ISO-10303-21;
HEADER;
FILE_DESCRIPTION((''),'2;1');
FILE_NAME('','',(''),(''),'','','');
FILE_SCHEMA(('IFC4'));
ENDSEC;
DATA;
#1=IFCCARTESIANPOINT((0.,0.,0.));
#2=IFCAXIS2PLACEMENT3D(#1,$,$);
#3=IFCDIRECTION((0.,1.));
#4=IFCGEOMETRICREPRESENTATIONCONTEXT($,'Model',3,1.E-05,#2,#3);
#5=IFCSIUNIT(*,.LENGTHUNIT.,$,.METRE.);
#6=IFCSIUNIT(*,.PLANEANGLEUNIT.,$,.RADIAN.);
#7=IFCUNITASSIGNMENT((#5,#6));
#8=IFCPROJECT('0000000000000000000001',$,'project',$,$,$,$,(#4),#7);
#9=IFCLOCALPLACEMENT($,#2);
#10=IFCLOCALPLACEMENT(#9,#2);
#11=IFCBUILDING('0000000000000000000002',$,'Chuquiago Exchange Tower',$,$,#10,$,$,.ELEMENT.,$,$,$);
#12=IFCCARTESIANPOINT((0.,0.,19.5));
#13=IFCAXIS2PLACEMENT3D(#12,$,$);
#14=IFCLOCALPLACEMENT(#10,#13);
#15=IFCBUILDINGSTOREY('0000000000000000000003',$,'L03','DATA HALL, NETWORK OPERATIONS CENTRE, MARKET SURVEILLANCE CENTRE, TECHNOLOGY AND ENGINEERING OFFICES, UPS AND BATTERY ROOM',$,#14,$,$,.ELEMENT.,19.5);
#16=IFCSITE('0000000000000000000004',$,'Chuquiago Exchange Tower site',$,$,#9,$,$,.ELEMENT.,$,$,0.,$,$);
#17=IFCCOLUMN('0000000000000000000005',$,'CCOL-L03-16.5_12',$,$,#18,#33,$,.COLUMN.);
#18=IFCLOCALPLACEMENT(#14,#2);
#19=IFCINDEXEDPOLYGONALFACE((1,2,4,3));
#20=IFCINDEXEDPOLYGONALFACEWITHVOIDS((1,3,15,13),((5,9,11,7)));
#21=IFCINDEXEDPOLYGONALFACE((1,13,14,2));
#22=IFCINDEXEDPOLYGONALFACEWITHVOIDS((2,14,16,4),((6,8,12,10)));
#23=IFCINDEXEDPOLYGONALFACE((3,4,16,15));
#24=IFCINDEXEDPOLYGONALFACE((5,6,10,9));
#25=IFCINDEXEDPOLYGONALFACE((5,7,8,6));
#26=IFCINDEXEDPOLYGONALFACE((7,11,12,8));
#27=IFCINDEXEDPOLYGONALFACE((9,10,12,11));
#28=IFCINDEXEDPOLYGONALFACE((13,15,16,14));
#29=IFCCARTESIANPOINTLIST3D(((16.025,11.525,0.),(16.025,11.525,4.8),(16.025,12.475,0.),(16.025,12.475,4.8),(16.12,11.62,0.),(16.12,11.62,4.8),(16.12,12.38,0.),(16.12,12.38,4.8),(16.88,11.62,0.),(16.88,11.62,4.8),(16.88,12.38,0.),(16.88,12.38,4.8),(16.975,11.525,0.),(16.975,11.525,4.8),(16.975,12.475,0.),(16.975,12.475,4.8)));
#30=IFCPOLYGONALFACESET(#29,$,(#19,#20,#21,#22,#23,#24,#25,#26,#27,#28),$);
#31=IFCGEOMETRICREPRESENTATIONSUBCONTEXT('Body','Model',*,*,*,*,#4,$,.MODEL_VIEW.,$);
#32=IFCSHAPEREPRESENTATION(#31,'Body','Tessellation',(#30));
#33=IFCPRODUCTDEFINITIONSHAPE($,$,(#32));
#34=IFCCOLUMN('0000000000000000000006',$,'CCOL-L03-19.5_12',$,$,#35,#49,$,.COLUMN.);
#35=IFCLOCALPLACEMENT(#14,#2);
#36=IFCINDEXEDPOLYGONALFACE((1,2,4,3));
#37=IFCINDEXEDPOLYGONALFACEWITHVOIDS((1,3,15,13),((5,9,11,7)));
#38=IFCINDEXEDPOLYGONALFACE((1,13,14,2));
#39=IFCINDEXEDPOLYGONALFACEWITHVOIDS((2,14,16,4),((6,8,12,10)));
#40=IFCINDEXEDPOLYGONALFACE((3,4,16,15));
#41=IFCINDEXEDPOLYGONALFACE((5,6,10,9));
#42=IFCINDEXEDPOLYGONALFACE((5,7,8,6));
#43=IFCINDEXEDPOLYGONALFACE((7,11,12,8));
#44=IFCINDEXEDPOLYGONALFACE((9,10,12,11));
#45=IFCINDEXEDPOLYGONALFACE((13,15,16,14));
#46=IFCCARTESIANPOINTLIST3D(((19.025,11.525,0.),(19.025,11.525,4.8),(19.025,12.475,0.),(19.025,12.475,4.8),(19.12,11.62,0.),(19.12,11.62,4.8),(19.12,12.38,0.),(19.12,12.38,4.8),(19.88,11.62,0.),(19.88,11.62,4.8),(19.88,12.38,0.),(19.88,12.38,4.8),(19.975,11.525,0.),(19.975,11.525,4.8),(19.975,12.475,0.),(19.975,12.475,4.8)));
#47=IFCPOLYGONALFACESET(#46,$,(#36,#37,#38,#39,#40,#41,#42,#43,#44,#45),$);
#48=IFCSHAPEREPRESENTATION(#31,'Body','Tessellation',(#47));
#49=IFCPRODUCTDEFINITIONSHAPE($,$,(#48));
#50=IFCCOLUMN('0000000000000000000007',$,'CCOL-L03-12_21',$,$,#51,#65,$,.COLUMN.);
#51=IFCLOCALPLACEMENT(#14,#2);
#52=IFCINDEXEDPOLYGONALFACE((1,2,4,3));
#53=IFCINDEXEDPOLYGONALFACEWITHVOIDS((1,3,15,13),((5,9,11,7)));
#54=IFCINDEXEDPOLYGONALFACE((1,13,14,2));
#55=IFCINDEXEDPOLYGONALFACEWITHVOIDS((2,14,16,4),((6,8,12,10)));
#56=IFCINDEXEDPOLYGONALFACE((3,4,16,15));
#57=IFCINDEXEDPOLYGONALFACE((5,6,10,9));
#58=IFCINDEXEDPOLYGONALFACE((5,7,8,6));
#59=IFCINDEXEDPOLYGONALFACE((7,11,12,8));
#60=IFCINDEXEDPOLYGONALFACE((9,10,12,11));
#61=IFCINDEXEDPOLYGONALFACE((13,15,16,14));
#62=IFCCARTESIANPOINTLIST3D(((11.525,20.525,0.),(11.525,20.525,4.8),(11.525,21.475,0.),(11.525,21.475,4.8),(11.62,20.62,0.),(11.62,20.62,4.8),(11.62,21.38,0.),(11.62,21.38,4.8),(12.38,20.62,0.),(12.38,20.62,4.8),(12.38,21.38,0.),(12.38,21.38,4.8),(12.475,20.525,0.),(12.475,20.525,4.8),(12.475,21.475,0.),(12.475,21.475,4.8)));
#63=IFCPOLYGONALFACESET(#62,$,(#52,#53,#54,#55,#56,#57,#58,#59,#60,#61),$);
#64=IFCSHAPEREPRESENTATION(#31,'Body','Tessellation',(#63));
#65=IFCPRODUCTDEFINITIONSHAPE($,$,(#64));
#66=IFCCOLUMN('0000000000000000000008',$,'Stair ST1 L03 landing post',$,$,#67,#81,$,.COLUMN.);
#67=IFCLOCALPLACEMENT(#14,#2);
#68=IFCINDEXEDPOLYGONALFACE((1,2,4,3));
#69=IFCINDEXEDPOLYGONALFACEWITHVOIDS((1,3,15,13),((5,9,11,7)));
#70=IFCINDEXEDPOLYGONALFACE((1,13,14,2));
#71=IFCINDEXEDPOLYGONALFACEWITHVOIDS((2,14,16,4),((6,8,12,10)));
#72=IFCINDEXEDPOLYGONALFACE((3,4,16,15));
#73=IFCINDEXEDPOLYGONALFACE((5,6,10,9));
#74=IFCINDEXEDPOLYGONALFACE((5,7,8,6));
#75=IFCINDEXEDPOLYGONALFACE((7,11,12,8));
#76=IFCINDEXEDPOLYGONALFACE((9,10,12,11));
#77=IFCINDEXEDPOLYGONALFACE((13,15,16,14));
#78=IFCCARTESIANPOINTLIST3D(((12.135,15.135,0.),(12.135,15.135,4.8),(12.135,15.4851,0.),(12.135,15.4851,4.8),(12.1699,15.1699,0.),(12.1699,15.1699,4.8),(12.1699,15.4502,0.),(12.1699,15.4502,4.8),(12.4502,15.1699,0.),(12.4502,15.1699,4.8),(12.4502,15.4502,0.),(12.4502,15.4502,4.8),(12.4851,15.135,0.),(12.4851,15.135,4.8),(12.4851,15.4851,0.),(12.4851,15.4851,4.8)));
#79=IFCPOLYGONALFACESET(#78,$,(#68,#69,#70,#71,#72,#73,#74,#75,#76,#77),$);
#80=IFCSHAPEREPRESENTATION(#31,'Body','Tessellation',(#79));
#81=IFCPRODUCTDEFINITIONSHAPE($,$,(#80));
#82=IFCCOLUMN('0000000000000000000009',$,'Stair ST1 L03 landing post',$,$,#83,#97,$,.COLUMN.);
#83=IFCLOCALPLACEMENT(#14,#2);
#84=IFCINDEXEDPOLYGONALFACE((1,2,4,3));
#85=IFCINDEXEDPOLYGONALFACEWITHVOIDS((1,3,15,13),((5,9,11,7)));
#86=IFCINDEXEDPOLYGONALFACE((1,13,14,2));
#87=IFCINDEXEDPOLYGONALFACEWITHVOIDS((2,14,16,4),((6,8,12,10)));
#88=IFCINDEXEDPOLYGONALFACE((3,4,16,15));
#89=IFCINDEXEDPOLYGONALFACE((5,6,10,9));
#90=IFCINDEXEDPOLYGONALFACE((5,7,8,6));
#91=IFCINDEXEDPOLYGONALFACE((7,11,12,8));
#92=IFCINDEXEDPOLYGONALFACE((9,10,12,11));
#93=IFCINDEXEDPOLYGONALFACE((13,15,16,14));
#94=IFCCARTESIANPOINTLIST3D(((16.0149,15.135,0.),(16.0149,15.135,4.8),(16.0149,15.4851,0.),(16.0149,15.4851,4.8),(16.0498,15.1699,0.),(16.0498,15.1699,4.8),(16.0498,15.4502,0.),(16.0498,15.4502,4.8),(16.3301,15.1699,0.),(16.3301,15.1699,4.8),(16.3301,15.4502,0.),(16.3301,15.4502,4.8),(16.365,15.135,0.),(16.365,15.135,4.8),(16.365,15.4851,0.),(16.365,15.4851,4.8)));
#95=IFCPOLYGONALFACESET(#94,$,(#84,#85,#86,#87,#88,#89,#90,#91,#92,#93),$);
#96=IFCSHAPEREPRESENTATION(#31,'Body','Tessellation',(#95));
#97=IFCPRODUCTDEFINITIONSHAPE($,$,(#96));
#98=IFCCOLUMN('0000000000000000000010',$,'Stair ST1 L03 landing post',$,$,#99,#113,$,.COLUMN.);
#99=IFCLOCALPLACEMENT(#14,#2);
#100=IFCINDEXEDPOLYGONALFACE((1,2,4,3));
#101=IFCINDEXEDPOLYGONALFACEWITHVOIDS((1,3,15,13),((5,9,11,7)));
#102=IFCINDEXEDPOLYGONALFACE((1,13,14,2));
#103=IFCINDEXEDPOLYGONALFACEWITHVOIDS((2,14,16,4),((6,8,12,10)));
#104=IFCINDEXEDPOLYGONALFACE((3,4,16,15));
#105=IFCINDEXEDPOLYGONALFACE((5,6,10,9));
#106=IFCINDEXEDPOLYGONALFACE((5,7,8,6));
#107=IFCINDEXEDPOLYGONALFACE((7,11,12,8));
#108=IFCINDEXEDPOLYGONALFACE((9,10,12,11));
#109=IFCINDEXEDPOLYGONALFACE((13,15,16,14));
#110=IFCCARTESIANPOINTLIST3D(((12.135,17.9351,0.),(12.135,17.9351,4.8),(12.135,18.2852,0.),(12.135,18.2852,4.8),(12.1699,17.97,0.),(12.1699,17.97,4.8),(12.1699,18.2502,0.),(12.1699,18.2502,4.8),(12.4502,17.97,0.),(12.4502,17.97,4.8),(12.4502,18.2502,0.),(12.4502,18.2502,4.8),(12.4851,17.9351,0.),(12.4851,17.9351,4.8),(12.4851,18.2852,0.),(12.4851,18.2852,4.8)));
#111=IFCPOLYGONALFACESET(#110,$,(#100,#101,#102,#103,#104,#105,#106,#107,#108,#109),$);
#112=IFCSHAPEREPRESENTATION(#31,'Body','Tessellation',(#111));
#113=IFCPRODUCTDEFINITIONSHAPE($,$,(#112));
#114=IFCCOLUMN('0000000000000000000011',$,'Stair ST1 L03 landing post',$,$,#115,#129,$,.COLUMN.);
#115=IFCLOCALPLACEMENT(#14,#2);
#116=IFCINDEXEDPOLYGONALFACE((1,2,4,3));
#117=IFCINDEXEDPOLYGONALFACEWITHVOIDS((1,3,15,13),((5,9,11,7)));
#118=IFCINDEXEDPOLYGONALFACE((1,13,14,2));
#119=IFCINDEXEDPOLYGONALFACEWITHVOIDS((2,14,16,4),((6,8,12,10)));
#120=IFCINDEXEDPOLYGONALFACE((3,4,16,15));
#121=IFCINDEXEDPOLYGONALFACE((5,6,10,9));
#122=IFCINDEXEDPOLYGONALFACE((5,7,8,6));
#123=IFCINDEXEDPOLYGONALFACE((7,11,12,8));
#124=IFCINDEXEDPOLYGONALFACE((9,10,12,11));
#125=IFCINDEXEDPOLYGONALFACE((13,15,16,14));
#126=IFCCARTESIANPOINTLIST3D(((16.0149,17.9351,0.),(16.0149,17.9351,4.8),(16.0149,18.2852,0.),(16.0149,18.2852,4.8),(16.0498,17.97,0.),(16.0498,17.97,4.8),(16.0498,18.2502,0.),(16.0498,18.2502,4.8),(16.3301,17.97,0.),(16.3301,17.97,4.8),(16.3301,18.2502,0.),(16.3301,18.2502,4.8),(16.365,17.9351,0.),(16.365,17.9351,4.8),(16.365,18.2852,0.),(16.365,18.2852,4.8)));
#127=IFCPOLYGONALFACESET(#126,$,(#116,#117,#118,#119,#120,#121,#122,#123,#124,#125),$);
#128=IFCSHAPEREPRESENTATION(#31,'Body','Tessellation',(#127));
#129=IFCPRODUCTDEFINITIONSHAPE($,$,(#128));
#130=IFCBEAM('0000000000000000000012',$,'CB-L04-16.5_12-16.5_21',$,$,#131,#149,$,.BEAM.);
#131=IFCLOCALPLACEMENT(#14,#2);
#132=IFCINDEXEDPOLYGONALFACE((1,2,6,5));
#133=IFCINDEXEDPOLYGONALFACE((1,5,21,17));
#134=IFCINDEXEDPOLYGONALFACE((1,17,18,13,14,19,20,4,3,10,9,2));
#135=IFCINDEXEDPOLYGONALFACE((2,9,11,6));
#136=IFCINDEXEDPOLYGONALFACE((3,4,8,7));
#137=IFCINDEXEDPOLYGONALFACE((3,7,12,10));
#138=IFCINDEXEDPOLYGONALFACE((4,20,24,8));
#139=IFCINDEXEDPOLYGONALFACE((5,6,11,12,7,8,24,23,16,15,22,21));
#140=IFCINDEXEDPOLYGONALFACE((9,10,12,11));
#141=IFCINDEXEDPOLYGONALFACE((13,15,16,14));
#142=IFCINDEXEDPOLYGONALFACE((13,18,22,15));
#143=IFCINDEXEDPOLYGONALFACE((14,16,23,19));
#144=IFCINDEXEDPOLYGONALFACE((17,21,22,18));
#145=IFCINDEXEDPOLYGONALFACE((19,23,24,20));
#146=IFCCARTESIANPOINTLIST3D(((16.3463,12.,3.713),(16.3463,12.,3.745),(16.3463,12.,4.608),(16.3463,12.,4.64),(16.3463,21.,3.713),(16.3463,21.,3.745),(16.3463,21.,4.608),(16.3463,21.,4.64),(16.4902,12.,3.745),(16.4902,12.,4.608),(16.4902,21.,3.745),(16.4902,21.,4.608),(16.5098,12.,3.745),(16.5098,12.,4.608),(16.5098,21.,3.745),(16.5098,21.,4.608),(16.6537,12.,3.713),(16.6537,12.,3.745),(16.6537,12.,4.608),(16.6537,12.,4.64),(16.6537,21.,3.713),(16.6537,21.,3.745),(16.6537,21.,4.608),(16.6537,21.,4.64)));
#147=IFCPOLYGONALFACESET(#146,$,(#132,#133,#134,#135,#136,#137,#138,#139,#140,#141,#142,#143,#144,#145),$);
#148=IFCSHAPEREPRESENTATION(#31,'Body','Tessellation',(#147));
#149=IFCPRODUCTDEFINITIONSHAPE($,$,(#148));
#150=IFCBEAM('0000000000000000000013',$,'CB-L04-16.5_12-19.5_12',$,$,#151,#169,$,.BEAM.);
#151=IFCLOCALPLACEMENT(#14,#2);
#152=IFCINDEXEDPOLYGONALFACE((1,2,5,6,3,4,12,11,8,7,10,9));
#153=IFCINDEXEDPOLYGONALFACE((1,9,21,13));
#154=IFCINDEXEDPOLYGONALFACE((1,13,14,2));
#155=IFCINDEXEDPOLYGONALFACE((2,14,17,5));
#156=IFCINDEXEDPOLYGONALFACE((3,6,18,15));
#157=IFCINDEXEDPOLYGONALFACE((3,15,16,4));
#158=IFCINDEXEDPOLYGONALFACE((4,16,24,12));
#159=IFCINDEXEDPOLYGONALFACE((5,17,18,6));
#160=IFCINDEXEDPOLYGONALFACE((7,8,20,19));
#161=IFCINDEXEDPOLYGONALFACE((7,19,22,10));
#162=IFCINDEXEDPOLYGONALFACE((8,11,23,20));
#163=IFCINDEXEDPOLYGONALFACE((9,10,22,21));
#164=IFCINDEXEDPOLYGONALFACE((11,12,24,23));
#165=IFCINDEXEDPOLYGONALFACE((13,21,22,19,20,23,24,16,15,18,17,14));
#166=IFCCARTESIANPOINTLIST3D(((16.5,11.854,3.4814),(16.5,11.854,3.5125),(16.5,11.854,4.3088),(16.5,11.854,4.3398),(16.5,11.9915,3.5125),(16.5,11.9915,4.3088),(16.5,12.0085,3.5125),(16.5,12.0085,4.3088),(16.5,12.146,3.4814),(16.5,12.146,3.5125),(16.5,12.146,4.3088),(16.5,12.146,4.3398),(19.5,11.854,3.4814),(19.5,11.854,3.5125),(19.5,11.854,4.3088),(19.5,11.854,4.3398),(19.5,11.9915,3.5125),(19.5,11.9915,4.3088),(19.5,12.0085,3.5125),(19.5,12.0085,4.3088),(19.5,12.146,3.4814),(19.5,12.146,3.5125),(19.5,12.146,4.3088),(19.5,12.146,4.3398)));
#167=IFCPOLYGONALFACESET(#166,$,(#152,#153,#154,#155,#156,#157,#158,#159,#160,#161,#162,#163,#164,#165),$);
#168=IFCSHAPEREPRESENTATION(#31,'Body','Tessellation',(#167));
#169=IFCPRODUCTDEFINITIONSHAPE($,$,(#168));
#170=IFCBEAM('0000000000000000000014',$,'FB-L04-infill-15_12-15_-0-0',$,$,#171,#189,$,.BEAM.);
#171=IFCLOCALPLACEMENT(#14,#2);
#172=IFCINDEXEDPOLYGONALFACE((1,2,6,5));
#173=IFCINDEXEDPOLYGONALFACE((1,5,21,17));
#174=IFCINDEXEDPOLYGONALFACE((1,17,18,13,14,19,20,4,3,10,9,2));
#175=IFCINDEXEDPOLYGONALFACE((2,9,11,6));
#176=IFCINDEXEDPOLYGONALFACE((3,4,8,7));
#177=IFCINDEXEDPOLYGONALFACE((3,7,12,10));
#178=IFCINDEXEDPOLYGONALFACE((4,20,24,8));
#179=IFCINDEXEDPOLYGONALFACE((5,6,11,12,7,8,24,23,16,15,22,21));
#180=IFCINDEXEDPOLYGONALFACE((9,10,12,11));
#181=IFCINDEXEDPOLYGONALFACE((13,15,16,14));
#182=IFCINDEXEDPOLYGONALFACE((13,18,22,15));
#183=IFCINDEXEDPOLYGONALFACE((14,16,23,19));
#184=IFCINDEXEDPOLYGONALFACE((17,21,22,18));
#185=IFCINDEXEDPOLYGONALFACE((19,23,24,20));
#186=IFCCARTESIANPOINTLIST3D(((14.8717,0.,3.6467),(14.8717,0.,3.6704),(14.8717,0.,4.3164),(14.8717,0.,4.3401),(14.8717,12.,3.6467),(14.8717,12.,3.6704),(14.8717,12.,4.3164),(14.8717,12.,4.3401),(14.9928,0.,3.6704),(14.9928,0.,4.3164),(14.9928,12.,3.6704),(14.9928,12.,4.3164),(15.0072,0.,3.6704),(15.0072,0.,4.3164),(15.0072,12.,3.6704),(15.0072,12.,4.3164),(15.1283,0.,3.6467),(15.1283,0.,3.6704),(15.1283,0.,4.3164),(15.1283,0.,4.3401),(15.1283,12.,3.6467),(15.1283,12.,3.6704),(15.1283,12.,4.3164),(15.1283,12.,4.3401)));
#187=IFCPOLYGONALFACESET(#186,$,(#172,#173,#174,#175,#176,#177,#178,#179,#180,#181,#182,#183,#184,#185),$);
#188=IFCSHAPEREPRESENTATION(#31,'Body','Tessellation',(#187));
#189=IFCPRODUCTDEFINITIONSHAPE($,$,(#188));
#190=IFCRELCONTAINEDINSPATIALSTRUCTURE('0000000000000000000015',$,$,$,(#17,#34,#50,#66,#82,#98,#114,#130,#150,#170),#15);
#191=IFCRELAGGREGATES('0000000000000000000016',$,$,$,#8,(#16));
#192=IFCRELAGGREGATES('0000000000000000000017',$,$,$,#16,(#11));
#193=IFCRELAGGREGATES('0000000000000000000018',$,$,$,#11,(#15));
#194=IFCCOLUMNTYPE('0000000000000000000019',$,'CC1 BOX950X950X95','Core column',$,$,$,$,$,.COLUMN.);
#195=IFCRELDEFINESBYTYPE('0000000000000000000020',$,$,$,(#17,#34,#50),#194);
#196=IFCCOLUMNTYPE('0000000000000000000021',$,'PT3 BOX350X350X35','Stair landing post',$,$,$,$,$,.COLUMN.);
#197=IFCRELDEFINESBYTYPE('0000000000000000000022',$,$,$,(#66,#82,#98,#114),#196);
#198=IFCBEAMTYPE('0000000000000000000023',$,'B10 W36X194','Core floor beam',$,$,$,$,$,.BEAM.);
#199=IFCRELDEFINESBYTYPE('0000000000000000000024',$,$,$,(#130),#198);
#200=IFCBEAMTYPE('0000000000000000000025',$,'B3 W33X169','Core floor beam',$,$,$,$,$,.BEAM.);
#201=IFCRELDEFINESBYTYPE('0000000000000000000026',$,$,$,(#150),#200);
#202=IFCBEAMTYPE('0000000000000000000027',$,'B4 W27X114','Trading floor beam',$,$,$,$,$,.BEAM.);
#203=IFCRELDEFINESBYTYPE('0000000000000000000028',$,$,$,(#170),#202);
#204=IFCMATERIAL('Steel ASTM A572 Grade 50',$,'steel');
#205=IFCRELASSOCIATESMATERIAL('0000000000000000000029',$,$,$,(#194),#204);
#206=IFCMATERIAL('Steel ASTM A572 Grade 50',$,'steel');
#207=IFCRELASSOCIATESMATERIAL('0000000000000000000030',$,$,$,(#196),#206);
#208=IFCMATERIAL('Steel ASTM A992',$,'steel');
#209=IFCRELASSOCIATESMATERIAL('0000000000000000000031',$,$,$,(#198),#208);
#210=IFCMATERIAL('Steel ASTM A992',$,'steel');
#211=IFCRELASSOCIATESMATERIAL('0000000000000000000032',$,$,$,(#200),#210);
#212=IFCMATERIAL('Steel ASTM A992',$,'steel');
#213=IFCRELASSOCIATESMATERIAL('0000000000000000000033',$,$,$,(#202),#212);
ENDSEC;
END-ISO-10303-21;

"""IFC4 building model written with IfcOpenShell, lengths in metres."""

from ifc_helpers import new_model, si_unit, direction, frame, origin, origin_2d, place, context, subcontext, project, spatial, hollow_rectangle, i_section, extrude, material, material_profile, profile_set, type_object, element, save


model = new_model("IFC4")

# Units and contexts
model_context = context("Model", 3, precision=1e-05, world=origin(), true_north=direction((0.0, 1.0)))
body_context = subcontext(model_context, "Body", "Model", "MODEL_VIEW")
ifc_project = project(units=[si_unit("LENGTHUNIT", "METRE"), si_unit("PLANEANGLEUNIT", "RADIAN")], contexts=[model_context])

# Site, building, storey
site_placement = place(None, origin())
site = spatial("IfcSite", under=ifc_project, at=site_placement, Name="Chuquiago Exchange Tower site", CompositionType="ELEMENT", RefElevation=0.0)
building_placement = place(site_placement, origin())
building = spatial("IfcBuilding", under=site, at=building_placement, Name="Chuquiago Exchange Tower", CompositionType="ELEMENT")
storey_placement = place(building_placement, frame((0.0, 0.0, 19.5)))
storey = spatial("IfcBuildingStorey", under=building, at=storey_placement, Name="L03", Description="DATA HALL, NETWORK OPERATIONS CENTRE, MARKET SURVEILLANCE CENTRE, TECHNOLOGY AND ENGINEERING OFFICES, UPS AND BATTERY ROOM", CompositionType="ELEMENT", Elevation=19.5)

# Columns
ifc_material_1 = material(Name="Steel ASTM A572 Grade 50", Category="steel")
ifc_material_profile_1 = material_profile(ifc_material_1, hollow_rectangle(XDim=0.95, YDim=0.95, WallThickness=0.095, at=origin_2d()), Name="BOX950X950X95")
ifc_profile_set_1 = profile_set([ifc_material_profile_1], Name="Steel ASTM A572 Grade 50")
column_type_1 = type_object("IfcColumnType", Name="CC1 BOX950X950X95", Description="Core column", PredefinedType="COLUMN", material=ifc_profile_set_1)
for number, where, z_axis, x_axis, name in (
    (1, (16.5, 12.0, 0.0), (0.0, 0.0, 1.0), (1.0, 0.0, 0.0), "CCOL-L03-16.5_12"),
    (2, (19.5, 12.0, 0.0), (0.0, 0.0, 1.0), (1.0, 0.0, 0.0), "CCOL-L03-19.5_12"),
    (3, (12.0, 21.0, 0.0), (0.0, 0.0, 1.0), (1.0, 0.0, 0.0), "CCOL-L03-12_21"),
):
    element("IfcColumn", number, at=place(storey_placement, frame(where, z_axis=z_axis, x_axis=x_axis)), inside=storey, type_object=column_type_1, Name=name, PredefinedType="COLUMN", context=body_context, shape_type="SweptSolid", body=[
        extrude(hollow_rectangle(XDim=0.95, YDim=0.95, WallThickness=0.095, at=origin_2d()), origin(), (0.0, 0.0, 1.0), 4.8),
    ])
ifc_material_2 = material(Name="Steel ASTM A572 Grade 50", Category="steel")
ifc_material_profile_2 = material_profile(ifc_material_2, hollow_rectangle(XDim=0.3501, YDim=0.3501, WallThickness=0.0349, at=origin_2d()), Name="BOX350X350X35")
ifc_profile_set_2 = profile_set([ifc_material_profile_2], Name="Steel ASTM A572 Grade 50")
column_type_2 = type_object("IfcColumnType", Name="PT3 BOX350X350X35", Description="Stair landing post", PredefinedType="COLUMN", material=ifc_profile_set_2)
for number, where, z_axis, x_axis, name in (
    (4, (12.3101, 15.3101, 0.0), (0.0, 0.0, 1.0), (1.0, 0.0, 0.0), "Stair ST1 L03 landing post"),
    (5, (16.1899, 15.3101, 0.0), (0.0, 0.0, 1.0), (1.0, 0.0, 0.0), "Stair ST1 L03 landing post"),
    (6, (12.3101, 18.1101, 0.0), (0.0, 0.0, 1.0), (1.0, 0.0, 0.0), "Stair ST1 L03 landing post"),
    (7, (16.1899, 18.1101, 0.0), (0.0, 0.0, 1.0), (1.0, 0.0, 0.0), "Stair ST1 L03 landing post"),
):
    element("IfcColumn", number, at=place(storey_placement, frame(where, z_axis=z_axis, x_axis=x_axis)), inside=storey, type_object=column_type_2, Name=name, PredefinedType="COLUMN", context=body_context, shape_type="SweptSolid", body=[
        extrude(hollow_rectangle(XDim=0.3501, YDim=0.3501, WallThickness=0.0349, at=origin_2d()), origin(), (0.0, 0.0, 1.0), 4.8),
    ])

# Beams
ifc_material_3 = material(Name="Steel ASTM A992", Category="steel")
ifc_material_profile_3 = material_profile(ifc_material_3, i_section(OverallWidth=0.3074, OverallDepth=0.927, WebThickness=0.0195, FlangeThickness=0.032, at=origin_2d()), Name="W36X194")
ifc_profile_set_3 = profile_set([ifc_material_profile_3], Name="Steel ASTM A992")
beam_type_1 = type_object("IfcBeamType", Name="B10 W36X194", Description="Core floor beam", PredefinedType="BEAM", material=ifc_profile_set_3)
beam_1_placement = place(storey_placement, frame((16.5, 12.0, 4.1765), z_axis=(0.0, 1.0, 0.0), x_axis=(-1.0, 0.0, 0.0)))
element("IfcBeam", 8, at=beam_1_placement, inside=storey, type_object=beam_type_1, Name="CB-L04-16.5_12-16.5_21", PredefinedType="BEAM", context=body_context, shape_type="SweptSolid", body=[
    extrude(i_section(OverallWidth=0.3074, OverallDepth=0.927, WebThickness=0.0195, FlangeThickness=0.032, at=origin_2d()), origin(), (0.0, 0.0, 1.0), 9.0),
])
ifc_material_4 = material(Name="Steel ASTM A992", Category="steel")
ifc_material_profile_4 = material_profile(ifc_material_4, i_section(OverallWidth=0.292, OverallDepth=0.8584, WebThickness=0.0171, FlangeThickness=0.031, at=origin_2d()), Name="W33X169")
ifc_profile_set_4 = profile_set([ifc_material_profile_4], Name="Steel ASTM A992")
beam_type_2 = type_object("IfcBeamType", Name="B3 W33X169", Description="Core floor beam", PredefinedType="BEAM", material=ifc_profile_set_4)
beam_2_placement = place(storey_placement, frame((16.5, 12.0, 3.9106), z_axis=(1.0, 0.0, 0.0), x_axis=(0.0, 1.0, 0.0)))
element("IfcBeam", 9, at=beam_2_placement, inside=storey, type_object=beam_type_2, Name="CB-L04-16.5_12-19.5_12", PredefinedType="BEAM", context=body_context, shape_type="SweptSolid", body=[
    extrude(i_section(OverallWidth=0.292, OverallDepth=0.8584, WebThickness=0.0171, FlangeThickness=0.031, at=origin_2d()), origin(), (0.0, 0.0, 1.0), 3.0),
])
ifc_material_5 = material(Name="Steel ASTM A992", Category="steel")
ifc_material_profile_5 = material_profile(ifc_material_5, i_section(OverallWidth=0.2566, OverallDepth=0.6934, WebThickness=0.0144, FlangeThickness=0.0237, at=origin_2d()), Name="W27X114")
ifc_profile_set_5 = profile_set([ifc_material_profile_5], Name="Steel ASTM A992")
beam_type_3 = type_object("IfcBeamType", Name="B4 W27X114", Description="Trading floor beam", PredefinedType="BEAM", material=ifc_profile_set_5)
for number, where, z_axis, x_axis, name in (
    (10, (15.0, 12.0, 3.9934), (0.0, -1.0, 0.0), (1.0, 0.0, 0.0), "FB-L04-infill-15_12-15_-0-0"),
):
    element("IfcBeam", number, at=place(storey_placement, frame(where, z_axis=z_axis, x_axis=x_axis)), inside=storey, type_object=beam_type_3, Name=name, PredefinedType="BEAM", context=body_context, shape_type="SweptSolid", body=[
        extrude(i_section(OverallWidth=0.2566, OverallDepth=0.6934, WebThickness=0.0144, FlangeThickness=0.0237, at=origin_2d()), origin(), (0.0, 0.0, 1.0), 12.0),
    ])

save(model, "model.ifc")
